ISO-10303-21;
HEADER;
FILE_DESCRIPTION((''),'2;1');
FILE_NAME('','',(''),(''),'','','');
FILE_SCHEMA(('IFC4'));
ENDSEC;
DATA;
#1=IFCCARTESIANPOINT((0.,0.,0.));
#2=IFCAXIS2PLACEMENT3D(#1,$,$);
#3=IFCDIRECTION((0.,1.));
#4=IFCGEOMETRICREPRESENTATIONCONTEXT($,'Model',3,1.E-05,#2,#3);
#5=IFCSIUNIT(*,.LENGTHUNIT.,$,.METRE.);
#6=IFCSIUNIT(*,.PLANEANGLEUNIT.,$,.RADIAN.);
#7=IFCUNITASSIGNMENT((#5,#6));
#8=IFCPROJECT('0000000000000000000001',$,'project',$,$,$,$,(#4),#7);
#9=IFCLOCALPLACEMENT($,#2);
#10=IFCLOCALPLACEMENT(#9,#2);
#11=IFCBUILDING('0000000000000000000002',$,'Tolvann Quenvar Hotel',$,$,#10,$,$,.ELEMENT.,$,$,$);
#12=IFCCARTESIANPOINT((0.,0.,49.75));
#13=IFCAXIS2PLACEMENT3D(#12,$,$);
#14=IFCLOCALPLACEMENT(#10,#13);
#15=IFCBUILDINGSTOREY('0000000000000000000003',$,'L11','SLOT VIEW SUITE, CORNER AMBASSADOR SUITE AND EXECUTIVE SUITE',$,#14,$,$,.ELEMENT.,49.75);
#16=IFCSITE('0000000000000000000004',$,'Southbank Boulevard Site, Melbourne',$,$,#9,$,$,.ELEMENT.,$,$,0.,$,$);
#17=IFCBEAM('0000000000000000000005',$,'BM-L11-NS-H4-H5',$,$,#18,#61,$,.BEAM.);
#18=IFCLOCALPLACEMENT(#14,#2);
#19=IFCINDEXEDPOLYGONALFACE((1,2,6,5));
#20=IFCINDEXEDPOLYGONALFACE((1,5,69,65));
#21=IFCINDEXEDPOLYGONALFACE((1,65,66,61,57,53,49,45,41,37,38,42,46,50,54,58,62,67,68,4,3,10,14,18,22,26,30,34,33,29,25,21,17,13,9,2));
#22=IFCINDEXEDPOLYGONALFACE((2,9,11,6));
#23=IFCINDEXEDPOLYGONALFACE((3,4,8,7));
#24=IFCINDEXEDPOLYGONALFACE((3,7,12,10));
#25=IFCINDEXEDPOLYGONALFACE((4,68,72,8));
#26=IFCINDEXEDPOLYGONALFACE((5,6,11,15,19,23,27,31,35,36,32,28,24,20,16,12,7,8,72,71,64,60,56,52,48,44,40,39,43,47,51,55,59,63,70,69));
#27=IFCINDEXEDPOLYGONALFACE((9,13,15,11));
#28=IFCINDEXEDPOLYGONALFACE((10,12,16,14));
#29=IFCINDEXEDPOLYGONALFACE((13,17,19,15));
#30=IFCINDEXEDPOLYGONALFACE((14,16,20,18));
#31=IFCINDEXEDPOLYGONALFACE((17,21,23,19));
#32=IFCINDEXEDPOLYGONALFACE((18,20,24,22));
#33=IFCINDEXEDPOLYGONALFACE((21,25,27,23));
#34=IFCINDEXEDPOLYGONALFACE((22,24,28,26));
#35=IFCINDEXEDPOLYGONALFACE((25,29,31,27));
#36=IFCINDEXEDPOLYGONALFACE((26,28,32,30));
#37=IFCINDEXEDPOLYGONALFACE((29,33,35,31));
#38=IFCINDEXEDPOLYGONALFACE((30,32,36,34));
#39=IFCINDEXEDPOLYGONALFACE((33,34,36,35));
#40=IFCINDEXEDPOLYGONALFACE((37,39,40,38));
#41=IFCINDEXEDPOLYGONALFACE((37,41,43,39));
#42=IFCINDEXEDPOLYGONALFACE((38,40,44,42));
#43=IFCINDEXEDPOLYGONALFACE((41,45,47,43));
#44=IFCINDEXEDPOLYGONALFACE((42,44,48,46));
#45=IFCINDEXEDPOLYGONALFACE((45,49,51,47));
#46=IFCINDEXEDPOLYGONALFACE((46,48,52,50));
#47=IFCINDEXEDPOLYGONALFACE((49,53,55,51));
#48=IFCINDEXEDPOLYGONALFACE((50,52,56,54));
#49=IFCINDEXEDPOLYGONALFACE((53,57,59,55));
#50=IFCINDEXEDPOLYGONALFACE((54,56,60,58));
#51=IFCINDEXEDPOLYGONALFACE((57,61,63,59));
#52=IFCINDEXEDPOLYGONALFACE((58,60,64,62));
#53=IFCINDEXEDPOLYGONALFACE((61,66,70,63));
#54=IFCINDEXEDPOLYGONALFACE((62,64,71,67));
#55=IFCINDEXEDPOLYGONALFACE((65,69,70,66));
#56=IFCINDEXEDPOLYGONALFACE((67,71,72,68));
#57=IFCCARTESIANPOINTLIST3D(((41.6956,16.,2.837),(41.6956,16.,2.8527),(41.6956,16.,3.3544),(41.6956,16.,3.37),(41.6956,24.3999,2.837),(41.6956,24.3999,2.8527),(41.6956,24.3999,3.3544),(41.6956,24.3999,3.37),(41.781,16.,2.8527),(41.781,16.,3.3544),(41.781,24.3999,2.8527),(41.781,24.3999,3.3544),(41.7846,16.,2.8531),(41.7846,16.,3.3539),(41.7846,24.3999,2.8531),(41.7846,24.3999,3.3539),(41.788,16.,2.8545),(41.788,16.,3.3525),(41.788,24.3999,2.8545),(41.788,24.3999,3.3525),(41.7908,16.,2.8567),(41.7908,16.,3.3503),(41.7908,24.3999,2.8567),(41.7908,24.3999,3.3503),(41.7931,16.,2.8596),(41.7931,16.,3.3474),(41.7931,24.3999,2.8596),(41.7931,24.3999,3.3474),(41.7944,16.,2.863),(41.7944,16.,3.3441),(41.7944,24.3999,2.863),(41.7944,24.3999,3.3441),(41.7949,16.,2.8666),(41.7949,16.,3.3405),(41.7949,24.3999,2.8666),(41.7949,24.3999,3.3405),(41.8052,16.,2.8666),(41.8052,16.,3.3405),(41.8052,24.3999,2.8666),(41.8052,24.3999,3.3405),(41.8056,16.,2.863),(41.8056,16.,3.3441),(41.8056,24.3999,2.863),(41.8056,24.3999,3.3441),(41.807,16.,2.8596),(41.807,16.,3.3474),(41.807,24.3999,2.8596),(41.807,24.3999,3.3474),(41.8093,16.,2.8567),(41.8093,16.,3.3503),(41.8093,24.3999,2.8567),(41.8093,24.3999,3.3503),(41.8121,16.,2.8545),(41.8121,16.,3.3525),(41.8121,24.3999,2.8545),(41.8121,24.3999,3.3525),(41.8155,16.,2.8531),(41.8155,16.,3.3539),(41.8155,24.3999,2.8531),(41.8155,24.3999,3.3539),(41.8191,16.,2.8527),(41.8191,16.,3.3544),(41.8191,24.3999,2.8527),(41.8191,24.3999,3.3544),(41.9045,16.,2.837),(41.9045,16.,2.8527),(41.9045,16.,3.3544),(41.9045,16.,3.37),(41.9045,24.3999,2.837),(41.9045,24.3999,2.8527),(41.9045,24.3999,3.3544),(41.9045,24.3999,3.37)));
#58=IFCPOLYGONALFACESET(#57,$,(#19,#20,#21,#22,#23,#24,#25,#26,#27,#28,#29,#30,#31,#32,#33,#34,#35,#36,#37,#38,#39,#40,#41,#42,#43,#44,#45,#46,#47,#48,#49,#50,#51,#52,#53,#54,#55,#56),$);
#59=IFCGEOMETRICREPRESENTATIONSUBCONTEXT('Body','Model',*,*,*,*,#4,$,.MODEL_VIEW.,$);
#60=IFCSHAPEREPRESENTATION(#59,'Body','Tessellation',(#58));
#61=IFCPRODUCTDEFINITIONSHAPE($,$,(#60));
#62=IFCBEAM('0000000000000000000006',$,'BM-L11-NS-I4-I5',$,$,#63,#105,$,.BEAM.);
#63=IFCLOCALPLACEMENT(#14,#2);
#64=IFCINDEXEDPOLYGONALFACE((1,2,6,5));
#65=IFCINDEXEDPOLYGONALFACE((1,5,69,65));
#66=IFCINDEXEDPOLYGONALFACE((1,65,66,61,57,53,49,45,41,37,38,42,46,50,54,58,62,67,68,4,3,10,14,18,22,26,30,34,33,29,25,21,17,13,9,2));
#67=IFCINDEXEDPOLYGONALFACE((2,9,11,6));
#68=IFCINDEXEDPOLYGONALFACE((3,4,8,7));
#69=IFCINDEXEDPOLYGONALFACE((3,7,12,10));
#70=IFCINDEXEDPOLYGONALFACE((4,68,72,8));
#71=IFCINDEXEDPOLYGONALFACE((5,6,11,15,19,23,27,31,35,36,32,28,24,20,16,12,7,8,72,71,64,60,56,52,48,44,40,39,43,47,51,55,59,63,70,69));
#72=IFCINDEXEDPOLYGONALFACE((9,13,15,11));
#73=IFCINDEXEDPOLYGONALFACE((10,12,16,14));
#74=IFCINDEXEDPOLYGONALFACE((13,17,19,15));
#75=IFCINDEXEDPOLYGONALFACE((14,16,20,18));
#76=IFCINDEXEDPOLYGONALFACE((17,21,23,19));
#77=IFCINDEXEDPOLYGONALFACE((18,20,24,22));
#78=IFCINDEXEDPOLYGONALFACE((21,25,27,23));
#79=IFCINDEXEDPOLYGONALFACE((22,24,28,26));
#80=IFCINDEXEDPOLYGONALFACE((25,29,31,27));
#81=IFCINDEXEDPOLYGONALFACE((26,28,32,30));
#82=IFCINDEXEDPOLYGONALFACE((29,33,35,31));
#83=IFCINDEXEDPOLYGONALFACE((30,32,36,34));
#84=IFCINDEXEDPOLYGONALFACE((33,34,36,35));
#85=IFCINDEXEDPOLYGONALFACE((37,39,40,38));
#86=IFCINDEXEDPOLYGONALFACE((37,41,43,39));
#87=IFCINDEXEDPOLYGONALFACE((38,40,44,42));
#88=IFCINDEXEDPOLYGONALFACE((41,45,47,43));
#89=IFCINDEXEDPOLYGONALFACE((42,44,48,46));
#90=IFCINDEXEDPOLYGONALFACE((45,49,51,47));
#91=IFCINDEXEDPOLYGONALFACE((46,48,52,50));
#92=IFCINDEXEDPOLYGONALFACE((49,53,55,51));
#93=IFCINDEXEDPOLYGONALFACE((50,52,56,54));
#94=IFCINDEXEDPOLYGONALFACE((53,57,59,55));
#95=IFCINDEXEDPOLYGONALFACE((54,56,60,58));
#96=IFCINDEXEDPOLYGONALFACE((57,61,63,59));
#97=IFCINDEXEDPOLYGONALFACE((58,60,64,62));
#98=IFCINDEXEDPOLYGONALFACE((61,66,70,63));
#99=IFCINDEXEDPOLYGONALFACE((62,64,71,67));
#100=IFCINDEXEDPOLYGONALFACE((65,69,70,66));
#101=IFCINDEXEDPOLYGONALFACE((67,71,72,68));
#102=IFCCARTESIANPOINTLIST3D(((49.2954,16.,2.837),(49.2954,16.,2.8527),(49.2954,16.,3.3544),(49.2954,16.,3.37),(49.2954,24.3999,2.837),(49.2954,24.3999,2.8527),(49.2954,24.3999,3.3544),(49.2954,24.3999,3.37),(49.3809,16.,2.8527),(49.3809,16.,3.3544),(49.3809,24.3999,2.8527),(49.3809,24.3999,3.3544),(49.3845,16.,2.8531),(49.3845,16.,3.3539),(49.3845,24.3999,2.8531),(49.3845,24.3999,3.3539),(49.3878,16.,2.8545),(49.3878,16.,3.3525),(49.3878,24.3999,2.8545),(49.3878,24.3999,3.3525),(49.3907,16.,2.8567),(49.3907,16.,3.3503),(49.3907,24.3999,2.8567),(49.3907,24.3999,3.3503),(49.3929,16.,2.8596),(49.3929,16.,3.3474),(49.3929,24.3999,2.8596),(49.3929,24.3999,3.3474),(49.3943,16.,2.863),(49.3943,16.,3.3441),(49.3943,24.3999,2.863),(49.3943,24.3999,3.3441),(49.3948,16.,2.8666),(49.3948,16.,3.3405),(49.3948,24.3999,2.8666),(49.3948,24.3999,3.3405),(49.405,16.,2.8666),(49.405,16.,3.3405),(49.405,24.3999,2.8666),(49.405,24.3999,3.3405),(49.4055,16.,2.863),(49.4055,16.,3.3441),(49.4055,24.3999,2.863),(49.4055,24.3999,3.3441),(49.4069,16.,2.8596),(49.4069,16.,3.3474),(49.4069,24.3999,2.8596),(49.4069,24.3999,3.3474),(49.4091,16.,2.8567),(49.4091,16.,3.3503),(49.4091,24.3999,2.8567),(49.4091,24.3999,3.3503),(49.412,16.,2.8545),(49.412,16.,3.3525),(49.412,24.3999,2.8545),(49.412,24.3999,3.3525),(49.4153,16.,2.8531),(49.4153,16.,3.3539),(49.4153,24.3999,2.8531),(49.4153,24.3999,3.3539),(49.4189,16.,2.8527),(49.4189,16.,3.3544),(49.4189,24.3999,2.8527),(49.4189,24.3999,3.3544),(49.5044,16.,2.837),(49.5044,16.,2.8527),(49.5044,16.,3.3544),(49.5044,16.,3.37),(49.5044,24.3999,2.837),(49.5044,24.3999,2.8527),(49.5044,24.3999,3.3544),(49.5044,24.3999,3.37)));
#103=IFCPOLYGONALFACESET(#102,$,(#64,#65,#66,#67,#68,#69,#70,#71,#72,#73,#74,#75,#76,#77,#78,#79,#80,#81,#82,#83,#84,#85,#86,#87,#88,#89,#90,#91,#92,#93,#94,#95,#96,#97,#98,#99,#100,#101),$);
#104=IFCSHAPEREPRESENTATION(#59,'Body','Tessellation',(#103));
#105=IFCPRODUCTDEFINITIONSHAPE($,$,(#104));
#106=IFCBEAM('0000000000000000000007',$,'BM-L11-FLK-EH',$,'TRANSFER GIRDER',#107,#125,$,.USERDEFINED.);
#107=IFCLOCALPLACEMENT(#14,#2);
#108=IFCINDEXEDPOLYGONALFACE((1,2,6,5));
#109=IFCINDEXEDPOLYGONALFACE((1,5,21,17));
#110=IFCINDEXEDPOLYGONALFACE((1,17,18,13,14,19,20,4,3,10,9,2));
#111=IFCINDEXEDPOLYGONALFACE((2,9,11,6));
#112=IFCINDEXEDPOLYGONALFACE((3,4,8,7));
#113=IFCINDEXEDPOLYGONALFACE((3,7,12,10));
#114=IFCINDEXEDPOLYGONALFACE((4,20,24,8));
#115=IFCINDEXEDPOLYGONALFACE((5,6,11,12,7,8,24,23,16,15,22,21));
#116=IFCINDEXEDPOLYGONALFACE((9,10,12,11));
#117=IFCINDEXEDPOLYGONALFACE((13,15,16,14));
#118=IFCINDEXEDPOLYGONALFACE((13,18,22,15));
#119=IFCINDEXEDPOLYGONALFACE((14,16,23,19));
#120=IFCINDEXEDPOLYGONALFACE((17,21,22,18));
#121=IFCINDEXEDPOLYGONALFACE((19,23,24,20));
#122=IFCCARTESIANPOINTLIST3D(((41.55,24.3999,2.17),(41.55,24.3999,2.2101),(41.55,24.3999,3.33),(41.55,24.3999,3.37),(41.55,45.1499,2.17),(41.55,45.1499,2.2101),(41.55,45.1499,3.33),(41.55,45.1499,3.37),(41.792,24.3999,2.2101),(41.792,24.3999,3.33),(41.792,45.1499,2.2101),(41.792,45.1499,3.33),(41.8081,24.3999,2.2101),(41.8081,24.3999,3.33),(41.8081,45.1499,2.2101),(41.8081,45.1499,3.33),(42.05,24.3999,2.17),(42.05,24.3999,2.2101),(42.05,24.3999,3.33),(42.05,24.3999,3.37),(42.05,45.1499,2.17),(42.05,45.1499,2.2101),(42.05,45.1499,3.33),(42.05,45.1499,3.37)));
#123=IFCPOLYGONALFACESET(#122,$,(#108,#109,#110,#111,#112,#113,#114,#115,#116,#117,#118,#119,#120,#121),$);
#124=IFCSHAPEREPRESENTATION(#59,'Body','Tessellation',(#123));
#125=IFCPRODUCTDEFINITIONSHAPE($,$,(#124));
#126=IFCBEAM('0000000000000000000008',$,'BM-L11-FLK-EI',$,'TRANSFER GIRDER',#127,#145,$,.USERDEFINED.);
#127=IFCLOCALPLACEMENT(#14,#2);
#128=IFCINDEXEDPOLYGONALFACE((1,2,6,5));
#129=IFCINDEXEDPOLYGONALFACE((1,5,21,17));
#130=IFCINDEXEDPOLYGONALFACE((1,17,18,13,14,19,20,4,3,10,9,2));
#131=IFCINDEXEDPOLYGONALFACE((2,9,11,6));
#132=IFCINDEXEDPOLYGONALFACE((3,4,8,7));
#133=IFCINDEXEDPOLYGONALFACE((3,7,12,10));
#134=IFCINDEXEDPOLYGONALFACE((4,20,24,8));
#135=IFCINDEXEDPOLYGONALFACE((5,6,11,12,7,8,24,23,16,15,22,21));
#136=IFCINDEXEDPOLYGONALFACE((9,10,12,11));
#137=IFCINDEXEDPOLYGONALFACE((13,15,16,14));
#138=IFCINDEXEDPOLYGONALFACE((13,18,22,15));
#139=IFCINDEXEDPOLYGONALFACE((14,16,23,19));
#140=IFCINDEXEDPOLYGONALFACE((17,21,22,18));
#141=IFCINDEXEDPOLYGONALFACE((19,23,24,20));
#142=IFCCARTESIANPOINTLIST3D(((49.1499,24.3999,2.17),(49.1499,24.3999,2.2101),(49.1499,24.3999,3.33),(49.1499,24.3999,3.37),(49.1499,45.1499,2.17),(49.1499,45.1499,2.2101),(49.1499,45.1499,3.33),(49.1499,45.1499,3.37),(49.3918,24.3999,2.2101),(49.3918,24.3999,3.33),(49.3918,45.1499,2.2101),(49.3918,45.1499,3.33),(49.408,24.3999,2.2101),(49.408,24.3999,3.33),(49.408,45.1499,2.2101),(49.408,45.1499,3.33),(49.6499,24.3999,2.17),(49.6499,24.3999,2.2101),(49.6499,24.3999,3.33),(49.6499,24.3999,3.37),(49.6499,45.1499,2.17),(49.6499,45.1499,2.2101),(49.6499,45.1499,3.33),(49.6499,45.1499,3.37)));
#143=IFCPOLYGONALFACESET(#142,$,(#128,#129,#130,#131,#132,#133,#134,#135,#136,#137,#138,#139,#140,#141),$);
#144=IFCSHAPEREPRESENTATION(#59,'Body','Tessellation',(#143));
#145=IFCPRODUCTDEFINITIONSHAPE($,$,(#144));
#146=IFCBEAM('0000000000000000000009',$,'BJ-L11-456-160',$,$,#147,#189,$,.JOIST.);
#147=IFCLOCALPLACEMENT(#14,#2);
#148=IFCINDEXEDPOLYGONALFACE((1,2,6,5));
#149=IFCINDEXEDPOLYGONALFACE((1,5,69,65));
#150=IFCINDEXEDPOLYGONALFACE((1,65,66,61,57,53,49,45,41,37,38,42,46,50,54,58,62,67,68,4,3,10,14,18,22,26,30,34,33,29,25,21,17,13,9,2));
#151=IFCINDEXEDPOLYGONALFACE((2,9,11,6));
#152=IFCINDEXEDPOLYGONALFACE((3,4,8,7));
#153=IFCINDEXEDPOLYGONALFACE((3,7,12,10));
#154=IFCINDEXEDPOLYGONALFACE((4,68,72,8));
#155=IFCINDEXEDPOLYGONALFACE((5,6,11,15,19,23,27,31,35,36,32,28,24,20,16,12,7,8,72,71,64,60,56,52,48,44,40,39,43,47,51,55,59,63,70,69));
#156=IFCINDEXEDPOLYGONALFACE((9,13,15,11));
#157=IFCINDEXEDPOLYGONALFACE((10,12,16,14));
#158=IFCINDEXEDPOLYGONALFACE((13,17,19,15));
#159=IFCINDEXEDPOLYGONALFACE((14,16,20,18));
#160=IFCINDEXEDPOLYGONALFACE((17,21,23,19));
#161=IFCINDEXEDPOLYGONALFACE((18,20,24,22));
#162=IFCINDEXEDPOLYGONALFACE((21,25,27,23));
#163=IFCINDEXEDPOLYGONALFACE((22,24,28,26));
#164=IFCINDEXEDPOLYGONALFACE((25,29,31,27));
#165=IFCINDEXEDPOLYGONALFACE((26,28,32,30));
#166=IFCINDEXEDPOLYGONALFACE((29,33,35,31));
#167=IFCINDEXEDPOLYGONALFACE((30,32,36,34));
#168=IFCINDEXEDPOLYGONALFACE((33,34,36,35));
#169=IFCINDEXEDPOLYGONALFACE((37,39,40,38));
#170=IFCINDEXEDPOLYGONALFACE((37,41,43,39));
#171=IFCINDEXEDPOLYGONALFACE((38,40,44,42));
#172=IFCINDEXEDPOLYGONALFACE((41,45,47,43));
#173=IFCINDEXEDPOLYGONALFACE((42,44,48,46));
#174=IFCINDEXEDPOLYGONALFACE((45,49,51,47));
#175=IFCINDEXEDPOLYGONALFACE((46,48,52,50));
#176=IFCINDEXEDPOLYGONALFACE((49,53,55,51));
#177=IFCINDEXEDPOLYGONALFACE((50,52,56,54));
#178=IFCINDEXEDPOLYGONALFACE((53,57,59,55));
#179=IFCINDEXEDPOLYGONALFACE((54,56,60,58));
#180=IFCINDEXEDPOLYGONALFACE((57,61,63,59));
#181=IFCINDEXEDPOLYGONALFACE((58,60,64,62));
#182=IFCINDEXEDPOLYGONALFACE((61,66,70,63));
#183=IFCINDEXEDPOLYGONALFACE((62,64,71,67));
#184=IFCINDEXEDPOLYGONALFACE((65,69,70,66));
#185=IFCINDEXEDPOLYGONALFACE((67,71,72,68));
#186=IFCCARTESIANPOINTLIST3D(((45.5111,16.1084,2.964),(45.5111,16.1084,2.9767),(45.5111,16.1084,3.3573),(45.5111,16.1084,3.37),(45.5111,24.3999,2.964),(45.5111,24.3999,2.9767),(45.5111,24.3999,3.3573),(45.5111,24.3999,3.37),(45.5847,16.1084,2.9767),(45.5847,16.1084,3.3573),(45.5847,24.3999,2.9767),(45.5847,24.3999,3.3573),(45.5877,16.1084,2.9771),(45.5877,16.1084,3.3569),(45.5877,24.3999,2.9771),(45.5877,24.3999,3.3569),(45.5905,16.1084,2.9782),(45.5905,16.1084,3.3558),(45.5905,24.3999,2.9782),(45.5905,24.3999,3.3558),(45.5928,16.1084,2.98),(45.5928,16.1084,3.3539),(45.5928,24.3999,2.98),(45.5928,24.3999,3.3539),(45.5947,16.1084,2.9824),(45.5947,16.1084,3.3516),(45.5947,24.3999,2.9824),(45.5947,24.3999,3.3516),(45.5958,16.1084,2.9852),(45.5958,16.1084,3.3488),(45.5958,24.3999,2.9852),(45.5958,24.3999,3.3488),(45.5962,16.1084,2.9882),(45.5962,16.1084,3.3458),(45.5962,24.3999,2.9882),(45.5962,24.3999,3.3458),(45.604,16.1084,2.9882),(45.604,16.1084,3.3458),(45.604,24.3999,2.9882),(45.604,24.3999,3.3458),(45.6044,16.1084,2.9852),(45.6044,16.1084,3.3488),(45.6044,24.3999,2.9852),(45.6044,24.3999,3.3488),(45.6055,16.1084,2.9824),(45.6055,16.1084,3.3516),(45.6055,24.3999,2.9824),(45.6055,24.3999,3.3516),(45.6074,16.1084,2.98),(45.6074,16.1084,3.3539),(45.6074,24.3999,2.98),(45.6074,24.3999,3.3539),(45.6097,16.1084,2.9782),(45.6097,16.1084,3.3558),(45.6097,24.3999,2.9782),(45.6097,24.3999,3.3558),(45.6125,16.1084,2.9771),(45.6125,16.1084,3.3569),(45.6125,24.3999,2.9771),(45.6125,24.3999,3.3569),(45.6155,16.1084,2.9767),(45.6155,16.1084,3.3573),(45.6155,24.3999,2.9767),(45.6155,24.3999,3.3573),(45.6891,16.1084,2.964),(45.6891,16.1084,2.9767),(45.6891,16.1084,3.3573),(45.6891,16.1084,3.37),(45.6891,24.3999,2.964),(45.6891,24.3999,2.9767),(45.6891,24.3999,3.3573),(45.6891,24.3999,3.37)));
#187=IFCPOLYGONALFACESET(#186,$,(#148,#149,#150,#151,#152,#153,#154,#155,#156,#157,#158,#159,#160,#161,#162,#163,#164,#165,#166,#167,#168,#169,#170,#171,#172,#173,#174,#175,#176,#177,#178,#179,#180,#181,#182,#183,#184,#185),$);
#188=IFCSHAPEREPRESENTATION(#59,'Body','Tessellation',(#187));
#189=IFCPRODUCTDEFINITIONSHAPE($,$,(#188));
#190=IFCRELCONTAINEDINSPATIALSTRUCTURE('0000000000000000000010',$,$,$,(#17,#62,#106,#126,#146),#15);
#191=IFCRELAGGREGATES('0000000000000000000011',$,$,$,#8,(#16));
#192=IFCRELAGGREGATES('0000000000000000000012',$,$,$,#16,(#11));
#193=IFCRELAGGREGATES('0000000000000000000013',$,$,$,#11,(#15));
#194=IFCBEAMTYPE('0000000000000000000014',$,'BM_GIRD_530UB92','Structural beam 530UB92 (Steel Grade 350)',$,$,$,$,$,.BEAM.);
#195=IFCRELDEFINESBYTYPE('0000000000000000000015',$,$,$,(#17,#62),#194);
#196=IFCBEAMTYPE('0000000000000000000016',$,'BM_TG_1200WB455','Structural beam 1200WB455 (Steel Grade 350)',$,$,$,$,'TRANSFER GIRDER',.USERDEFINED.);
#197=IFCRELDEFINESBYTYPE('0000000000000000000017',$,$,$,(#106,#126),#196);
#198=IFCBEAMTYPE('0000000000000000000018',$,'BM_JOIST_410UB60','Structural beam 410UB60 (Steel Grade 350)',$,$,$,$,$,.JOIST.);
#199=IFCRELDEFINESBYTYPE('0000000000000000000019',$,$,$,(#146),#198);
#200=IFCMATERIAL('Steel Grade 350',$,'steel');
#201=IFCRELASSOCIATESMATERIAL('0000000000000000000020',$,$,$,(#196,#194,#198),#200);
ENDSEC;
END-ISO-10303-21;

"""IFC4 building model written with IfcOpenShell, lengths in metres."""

from ifc_helpers import new_model, si_unit, direction, frame, origin, origin_2d, place, context, subcontext, project, spatial, i_section, extrude, source, transform, mapped, material, material_profile, profile_set, type_object, type_shapes, element, save


model = new_model("IFC4")

# Units and contexts
model_context = context("Model", 3, precision=1e-05, world=origin(), true_north=direction((0.0, 1.0)))
body_context = subcontext(model_context, "Body", "Model", "MODEL_VIEW")
ifc_project = project(units=[si_unit("LENGTHUNIT", "METRE"), si_unit("PLANEANGLEUNIT", "RADIAN")], contexts=[model_context])

# Site, building, storey
site_placement = place(None, origin())
site = spatial("IfcSite", under=ifc_project, at=site_placement, Name="Southbank Boulevard Site, Melbourne", CompositionType="ELEMENT", RefElevation=0.0)
building_placement = place(site_placement, origin())
building = spatial("IfcBuilding", under=site, at=building_placement, Name="Tolvann Quenvar Hotel", CompositionType="ELEMENT")
storey_placement = place(building_placement, frame((0.0, 0.0, 49.75)))
storey = spatial("IfcBuildingStorey", under=building, at=storey_placement, Name="L11", Description="SLOT VIEW SUITE, CORNER AMBASSADOR SUITE AND EXECUTIVE SUITE", CompositionType="ELEMENT", Elevation=49.75)

# Shared definitions
ifc_material_1 = material(Name="Steel Grade 350", Category="steel")

# Beams
ifc_material_profile_1 = material_profile(ifc_material_1, i_section(OverallWidth=0.5, OverallDepth=1.2, WebThickness=0.0161, FlangeThickness=0.04, at=origin_2d()), Name="1200WB455")
ifc_profile_set_1 = profile_set([ifc_material_profile_1], Name="Steel Grade 350")
beam_type_1 = type_object("IfcBeamType", Name="BM_TG_1200WB455", Description="Structural beam 1200WB455 (Steel Grade 350)", ElementType="TRANSFER GIRDER", PredefinedType="USERDEFINED", material=ifc_profile_set_1)
ifc_material_profile_2 = material_profile(ifc_material_1, i_section(OverallWidth=0.209, OverallDepth=0.533, WebThickness=0.0103, FlangeThickness=0.0156, FilletRadius=0.0139, at=origin_2d()), Name="530UB92")
ifc_profile_set_2 = profile_set([ifc_material_profile_2], Name="Steel Grade 350")
beam_type_2 = type_object("IfcBeamType", Name="BM_GIRD_530UB92", Description="Structural beam 530UB92 (Steel Grade 350)", PredefinedType="BEAM", material=ifc_profile_set_2)
shared_shape_1 = source(origin(), body_context, "Body", "SweptSolid", [
    extrude(i_section(OverallWidth=0.209, OverallDepth=0.533, WebThickness=0.0103, FlangeThickness=0.0156, FilletRadius=0.0139, at=origin_2d()), origin(), (0.0, 0.0, 1.0), 8.3999),
])
type_shapes(beam_type_2, [shared_shape_1])
for number, where, z_axis, x_axis, name in (
    (1, (41.8, 16.0, 3.1035), (0.0, 1.0, 0.0), (-1.0, 0.0, 0.0), "BM-L11-NS-H4-H5"),
    (2, (49.3999, 16.0, 3.1035), (0.0, 1.0, 0.0), (-1.0, 0.0, 0.0), "BM-L11-NS-I4-I5"),
):
    element("IfcBeam", number, at=place(storey_placement, frame(where, z_axis=z_axis, x_axis=x_axis)), inside=storey, type_object=beam_type_2, Name=name, PredefinedType="BEAM", context=body_context, shape_type="MappedRepresentation", body=[
        mapped(shared_shape_1, transform((0.0, 0.0, 0.0), x_axis=(1.0, 0.0, 0.0), y_axis=(0.0, 1.0, 0.0), z_axis=(0.0, 0.0, 1.0), scale=1.0)),
    ])
shared_shape_2 = source(origin(), body_context, "Body", "SweptSolid", [
    extrude(i_section(OverallWidth=0.5, OverallDepth=1.2, WebThickness=0.0161, FlangeThickness=0.04, at=origin_2d()), origin(), (0.0, 0.0, 1.0), 20.75),
])
for number, where, z_axis, x_axis, name in (
    (3, (41.8, 24.3999, 2.77), (0.0, 1.0, 0.0), (-1.0, 0.0, 0.0), "BM-L11-FLK-EH"),
    (4, (49.3999, 24.3999, 2.77), (0.0, 1.0, 0.0), (-1.0, 0.0, 0.0), "BM-L11-FLK-EI"),
):
    element("IfcBeam", number, at=place(storey_placement, frame(where, z_axis=z_axis, x_axis=x_axis)), inside=storey, type_object=beam_type_1, Name=name, ObjectType="TRANSFER GIRDER", PredefinedType="USERDEFINED", context=body_context, shape_type="MappedRepresentation", body=[
        mapped(shared_shape_2, transform((0.0, 0.0, 0.0), x_axis=(1.0, 0.0, 0.0), y_axis=(0.0, 1.0, 0.0), z_axis=(0.0, 0.0, 1.0), scale=1.0)),
    ])
ifc_material_profile_3 = material_profile(ifc_material_1, i_section(OverallWidth=0.178, OverallDepth=0.406, WebThickness=0.0078, FlangeThickness=0.0127, FilletRadius=0.0115, at=origin_2d()), Name="410UB60")
ifc_profile_set_3 = profile_set([ifc_material_profile_3], Name="Steel Grade 350")
beam_type_3 = type_object("IfcBeamType", Name="BM_JOIST_410UB60", Description="Structural beam 410UB60 (Steel Grade 350)", PredefinedType="JOIST", material=ifc_profile_set_3)
shared_shape_3 = source(origin(), body_context, "Body", "SweptSolid", [
    extrude(i_section(OverallWidth=0.178, OverallDepth=0.406, WebThickness=0.0078, FlangeThickness=0.0127, FilletRadius=0.0115, at=origin_2d()), origin(), (0.0, 0.0, 1.0), 8.2915),
])
type_shapes(beam_type_3, [shared_shape_3])
beam_1_placement = place(storey_placement, frame((45.6001, 16.1084, 3.167), z_axis=(0.0, 1.0, 0.0), x_axis=(-1.0, 0.0, 0.0)))
element("IfcBeam", 5, at=beam_1_placement, inside=storey, type_object=beam_type_3, Name="BJ-L11-456-160", PredefinedType="JOIST", context=body_context, shape_type="MappedRepresentation", body=[
    mapped(shared_shape_3, transform((0.0, 0.0, 0.0), x_axis=(1.0, 0.0, 0.0), y_axis=(0.0, 1.0, 0.0), z_axis=(0.0, 0.0, 1.0), scale=1.0)),
])

save(model, "model.ifc")
